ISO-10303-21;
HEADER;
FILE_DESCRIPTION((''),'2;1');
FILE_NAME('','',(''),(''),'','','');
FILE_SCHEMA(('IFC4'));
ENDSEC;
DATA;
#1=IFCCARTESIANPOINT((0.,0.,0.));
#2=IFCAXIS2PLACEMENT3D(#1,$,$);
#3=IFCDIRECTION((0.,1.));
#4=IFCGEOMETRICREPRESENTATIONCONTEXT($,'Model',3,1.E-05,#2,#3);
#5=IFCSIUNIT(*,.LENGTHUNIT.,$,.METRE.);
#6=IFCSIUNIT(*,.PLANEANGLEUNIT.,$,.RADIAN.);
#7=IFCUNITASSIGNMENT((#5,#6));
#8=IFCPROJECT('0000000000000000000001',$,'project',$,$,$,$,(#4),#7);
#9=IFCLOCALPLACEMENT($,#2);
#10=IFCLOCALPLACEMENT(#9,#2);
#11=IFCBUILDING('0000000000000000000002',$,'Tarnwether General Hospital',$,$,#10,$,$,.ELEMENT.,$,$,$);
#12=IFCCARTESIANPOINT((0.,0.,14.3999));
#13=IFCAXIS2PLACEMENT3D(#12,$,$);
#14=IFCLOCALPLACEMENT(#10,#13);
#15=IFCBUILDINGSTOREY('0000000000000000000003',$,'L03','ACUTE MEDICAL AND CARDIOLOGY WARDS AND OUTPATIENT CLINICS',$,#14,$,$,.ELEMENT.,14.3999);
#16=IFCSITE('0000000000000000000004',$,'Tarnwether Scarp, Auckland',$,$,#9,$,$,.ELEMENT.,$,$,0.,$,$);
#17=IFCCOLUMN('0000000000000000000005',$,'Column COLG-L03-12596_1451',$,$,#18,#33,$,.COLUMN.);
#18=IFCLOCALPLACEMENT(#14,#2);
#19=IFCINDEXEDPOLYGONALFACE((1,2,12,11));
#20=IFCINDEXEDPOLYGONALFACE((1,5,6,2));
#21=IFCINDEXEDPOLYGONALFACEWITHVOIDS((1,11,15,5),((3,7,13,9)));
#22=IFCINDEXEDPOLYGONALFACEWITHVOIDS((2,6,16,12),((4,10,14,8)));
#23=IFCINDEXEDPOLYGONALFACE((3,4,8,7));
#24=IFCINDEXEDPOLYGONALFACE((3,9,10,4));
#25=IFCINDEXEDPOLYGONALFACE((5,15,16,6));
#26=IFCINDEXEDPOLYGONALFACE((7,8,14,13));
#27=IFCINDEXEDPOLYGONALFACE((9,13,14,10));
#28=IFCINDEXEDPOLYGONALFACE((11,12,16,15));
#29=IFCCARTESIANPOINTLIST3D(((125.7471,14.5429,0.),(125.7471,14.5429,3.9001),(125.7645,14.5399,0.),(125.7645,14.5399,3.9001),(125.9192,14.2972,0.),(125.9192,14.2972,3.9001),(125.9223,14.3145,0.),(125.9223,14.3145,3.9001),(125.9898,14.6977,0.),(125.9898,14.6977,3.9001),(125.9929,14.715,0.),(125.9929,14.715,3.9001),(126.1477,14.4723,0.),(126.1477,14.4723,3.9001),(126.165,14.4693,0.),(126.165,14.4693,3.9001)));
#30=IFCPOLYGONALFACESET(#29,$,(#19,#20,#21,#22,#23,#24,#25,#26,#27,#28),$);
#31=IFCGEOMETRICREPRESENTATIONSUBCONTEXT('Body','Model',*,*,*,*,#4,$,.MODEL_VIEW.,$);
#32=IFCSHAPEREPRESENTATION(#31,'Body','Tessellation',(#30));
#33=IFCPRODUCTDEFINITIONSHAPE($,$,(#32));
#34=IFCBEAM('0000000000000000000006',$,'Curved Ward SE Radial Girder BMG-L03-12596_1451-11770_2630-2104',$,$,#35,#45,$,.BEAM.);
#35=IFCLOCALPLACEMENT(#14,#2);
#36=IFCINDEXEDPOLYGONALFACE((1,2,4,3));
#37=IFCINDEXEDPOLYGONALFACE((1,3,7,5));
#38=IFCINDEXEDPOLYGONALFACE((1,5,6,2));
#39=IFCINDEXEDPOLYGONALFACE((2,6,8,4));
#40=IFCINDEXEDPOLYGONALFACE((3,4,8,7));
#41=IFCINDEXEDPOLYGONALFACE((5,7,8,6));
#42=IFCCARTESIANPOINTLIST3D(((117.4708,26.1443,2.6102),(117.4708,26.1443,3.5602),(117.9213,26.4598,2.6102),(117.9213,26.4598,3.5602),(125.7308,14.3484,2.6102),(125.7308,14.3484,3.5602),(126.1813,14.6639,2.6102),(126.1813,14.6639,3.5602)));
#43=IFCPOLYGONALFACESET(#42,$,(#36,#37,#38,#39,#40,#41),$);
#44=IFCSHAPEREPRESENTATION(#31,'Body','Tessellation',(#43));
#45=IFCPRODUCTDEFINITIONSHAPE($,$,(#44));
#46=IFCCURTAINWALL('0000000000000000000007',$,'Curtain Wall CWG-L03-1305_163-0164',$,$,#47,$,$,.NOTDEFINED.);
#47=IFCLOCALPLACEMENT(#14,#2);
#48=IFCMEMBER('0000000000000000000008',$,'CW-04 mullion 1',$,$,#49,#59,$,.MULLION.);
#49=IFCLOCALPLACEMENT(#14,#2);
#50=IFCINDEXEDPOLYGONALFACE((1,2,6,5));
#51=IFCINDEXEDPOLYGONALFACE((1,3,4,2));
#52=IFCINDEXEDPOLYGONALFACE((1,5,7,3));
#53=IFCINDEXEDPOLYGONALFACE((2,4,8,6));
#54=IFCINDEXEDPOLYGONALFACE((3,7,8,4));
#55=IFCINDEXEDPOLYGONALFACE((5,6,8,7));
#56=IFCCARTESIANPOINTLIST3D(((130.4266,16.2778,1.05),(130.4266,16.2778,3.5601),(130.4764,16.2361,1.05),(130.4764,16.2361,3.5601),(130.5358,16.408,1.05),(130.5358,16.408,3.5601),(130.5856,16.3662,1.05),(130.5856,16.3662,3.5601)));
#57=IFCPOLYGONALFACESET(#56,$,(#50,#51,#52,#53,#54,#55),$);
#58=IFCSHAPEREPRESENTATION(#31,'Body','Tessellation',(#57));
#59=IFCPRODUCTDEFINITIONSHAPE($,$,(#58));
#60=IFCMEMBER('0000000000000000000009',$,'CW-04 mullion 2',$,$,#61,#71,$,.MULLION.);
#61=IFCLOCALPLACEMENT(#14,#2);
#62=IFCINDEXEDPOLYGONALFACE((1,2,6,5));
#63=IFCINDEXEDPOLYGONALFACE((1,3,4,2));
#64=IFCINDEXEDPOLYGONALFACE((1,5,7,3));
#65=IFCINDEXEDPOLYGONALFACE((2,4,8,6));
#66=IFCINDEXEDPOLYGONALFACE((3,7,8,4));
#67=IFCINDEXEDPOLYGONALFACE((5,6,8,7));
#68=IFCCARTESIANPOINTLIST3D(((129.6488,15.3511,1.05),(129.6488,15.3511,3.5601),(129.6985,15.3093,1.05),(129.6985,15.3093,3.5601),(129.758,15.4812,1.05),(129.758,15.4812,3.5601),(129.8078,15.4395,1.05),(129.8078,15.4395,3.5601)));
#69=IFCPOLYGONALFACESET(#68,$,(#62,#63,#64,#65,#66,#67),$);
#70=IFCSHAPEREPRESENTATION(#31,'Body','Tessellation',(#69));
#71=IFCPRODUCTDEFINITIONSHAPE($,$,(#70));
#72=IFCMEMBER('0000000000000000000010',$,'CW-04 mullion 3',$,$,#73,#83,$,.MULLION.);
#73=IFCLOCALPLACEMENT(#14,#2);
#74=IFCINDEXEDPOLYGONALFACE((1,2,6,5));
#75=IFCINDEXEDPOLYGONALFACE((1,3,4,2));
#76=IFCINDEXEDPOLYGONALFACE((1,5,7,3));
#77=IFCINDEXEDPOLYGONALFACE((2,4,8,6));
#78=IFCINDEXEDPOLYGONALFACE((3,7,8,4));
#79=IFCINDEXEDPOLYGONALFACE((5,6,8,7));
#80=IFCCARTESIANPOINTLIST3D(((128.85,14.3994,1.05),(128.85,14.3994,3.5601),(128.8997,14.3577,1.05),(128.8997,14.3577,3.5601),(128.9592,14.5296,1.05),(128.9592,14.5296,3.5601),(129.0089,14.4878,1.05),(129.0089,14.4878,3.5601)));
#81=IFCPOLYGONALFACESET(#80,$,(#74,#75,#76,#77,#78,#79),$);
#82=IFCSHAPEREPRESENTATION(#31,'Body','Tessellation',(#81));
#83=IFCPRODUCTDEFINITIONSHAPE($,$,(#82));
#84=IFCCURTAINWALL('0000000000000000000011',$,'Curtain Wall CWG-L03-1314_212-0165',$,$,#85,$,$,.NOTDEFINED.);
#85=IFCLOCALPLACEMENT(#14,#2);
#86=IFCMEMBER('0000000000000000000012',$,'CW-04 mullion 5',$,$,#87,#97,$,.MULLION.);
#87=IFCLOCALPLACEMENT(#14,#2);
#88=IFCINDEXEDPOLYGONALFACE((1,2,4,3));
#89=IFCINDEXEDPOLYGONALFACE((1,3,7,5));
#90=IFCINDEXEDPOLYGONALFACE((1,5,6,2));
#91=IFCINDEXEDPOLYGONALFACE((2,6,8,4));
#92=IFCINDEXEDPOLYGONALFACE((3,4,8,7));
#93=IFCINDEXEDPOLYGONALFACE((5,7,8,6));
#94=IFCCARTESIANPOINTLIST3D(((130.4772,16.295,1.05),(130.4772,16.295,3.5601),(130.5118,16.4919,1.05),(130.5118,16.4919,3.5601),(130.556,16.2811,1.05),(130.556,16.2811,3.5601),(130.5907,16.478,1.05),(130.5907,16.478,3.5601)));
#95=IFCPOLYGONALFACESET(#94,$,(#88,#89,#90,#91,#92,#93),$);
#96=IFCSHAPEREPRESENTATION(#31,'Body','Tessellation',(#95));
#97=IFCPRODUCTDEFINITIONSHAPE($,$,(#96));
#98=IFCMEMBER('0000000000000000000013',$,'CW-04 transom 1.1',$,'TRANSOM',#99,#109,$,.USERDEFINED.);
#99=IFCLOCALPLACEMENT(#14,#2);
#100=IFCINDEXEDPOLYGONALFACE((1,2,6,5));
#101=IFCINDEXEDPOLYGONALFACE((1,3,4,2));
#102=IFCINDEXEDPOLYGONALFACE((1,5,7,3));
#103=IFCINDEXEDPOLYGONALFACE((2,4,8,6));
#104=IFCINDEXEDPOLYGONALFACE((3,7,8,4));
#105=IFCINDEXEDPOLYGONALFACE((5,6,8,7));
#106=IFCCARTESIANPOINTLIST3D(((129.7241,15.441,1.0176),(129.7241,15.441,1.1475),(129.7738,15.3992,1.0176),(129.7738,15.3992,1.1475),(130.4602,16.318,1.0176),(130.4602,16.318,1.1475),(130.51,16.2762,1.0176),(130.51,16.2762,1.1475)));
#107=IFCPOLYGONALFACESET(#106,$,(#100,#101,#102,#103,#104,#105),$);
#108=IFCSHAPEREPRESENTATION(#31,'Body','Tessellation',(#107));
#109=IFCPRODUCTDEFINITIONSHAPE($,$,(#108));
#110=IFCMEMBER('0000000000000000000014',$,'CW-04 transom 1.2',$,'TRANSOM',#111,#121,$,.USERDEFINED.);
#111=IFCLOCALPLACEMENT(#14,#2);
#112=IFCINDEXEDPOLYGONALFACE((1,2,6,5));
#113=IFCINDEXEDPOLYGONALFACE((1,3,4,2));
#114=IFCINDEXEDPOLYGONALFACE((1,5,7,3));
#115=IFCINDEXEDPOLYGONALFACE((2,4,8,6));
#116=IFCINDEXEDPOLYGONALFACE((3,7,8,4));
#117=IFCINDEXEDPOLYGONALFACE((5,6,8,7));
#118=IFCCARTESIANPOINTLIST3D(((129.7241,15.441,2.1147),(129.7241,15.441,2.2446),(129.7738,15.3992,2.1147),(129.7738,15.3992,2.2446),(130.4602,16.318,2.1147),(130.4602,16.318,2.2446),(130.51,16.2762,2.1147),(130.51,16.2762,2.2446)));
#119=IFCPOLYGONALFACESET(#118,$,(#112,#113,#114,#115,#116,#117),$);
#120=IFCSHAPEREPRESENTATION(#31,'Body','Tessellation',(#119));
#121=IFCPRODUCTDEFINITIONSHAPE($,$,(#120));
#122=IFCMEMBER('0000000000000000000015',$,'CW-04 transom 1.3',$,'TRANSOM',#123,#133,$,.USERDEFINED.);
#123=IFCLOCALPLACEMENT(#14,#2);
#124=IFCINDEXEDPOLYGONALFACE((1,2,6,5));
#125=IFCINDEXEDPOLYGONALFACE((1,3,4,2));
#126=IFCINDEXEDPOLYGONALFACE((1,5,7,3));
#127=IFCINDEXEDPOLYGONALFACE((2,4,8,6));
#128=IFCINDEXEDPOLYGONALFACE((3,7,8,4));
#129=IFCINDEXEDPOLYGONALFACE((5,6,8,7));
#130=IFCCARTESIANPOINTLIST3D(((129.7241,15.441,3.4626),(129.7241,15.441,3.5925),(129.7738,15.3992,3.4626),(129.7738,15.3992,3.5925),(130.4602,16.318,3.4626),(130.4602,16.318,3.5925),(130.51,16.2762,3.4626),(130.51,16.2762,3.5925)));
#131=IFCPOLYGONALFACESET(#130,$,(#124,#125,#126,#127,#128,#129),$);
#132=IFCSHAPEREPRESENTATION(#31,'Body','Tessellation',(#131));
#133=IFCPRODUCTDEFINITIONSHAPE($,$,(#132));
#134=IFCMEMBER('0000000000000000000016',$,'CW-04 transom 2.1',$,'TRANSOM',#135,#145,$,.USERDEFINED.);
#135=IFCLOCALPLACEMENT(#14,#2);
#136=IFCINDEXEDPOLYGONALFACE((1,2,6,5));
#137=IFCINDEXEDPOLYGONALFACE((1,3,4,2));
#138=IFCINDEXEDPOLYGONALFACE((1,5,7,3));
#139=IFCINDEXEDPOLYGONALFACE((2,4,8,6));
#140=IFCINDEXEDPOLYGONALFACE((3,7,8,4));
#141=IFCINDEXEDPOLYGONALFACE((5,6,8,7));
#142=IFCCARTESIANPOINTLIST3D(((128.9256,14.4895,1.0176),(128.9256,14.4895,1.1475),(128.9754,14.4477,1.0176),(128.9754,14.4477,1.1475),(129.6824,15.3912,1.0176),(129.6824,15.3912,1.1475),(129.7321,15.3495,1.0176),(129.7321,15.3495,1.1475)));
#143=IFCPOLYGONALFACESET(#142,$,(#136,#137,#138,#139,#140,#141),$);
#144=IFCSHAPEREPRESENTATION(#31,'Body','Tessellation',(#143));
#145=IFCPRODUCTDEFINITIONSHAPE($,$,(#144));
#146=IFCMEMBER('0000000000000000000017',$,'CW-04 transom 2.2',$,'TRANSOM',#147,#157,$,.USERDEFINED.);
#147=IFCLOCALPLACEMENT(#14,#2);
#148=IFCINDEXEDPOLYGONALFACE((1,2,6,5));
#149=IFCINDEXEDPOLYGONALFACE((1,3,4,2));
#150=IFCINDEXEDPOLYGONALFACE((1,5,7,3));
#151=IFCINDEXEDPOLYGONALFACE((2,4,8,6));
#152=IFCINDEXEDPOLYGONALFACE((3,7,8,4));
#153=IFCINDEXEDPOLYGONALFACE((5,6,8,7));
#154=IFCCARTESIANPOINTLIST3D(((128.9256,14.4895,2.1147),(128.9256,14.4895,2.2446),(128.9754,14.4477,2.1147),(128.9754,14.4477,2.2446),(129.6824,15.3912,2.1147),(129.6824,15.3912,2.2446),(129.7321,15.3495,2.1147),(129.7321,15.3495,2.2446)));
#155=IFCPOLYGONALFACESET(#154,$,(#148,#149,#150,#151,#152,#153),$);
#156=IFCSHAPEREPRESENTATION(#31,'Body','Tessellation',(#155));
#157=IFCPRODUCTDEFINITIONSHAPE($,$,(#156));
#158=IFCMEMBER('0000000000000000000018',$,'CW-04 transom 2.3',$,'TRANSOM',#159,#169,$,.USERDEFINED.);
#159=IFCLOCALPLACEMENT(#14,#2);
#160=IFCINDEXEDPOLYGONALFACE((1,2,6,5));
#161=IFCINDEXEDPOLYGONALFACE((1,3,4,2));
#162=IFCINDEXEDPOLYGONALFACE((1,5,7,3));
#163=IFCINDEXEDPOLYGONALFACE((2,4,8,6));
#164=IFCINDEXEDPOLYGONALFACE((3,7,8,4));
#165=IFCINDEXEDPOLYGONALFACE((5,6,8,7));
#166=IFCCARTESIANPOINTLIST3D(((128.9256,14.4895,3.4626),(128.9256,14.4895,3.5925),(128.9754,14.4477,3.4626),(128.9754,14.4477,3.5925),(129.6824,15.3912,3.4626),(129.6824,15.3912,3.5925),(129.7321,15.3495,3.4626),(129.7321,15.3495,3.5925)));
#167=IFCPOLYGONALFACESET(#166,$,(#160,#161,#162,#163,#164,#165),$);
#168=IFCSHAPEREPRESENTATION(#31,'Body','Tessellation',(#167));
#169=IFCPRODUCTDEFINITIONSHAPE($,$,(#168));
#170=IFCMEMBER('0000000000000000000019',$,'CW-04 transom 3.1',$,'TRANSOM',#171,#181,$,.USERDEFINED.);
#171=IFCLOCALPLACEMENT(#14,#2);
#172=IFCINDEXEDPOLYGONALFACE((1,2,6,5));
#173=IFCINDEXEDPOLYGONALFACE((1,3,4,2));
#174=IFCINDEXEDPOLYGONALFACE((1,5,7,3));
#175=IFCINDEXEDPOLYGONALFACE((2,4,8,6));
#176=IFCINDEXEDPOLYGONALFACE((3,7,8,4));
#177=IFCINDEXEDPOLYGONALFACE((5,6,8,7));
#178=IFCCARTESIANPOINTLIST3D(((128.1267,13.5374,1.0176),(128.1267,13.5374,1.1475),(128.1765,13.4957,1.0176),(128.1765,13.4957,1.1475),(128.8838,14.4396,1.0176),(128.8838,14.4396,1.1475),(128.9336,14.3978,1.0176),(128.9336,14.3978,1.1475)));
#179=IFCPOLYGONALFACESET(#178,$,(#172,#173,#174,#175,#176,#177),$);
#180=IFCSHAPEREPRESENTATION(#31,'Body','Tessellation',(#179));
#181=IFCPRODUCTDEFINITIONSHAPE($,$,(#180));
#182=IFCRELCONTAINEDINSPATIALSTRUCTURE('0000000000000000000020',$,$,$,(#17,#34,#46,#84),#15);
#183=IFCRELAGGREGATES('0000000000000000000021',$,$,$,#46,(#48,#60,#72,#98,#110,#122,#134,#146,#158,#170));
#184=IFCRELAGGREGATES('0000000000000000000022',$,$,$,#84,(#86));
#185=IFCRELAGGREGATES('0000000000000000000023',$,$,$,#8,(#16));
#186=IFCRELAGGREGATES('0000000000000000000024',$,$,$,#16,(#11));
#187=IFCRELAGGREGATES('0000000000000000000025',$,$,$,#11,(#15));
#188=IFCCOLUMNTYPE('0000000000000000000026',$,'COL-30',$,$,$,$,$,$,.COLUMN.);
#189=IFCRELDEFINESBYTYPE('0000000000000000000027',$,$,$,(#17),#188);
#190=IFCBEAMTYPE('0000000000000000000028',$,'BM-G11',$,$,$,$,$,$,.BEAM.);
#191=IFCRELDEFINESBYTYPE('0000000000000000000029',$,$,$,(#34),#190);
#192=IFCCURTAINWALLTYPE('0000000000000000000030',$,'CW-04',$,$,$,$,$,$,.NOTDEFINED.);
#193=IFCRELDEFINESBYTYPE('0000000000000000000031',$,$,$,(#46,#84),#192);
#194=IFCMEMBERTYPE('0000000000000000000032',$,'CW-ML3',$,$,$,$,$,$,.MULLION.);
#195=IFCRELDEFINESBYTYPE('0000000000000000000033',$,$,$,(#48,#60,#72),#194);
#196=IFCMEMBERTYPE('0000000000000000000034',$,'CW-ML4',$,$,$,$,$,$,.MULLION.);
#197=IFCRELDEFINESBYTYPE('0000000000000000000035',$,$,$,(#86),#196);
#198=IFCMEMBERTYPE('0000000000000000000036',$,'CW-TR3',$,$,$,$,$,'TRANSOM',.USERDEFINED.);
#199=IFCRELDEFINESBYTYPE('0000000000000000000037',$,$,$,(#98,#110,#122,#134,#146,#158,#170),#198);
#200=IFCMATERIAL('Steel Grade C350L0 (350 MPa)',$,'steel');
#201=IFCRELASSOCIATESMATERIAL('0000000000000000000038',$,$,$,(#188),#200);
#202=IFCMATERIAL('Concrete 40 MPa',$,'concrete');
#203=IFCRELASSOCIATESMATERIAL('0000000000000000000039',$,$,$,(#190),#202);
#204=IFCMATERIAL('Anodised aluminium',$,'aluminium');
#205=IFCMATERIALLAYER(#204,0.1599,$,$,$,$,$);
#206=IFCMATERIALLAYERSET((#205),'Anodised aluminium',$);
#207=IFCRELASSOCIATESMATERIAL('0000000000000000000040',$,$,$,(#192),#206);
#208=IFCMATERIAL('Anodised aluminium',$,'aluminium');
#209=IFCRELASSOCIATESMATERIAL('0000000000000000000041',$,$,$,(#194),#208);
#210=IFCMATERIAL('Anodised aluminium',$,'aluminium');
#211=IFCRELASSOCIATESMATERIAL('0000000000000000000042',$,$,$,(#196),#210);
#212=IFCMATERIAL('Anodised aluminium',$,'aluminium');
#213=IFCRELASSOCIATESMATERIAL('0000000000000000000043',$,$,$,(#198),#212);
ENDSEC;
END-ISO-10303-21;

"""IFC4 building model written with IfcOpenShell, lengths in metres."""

from ifc_helpers import new_model, si_unit, direction, frame, origin, origin_2d, place, context, subcontext, project, spatial, rectangle, hollow_rectangle, extrude, material, layer, layer_set, material_profile, profile_set, type_object, element, aggregate, save


model = new_model("IFC4")

# Units and contexts
model_context = context("Model", 3, precision=1e-05, world=origin(), true_north=direction((0.0, 1.0)))
body_context = subcontext(model_context, "Body", "Model", "MODEL_VIEW")
ifc_project = project(units=[si_unit("LENGTHUNIT", "METRE"), si_unit("PLANEANGLEUNIT", "RADIAN")], contexts=[model_context])

# Site, building, storey
site_placement = place(None, origin())
site = spatial("IfcSite", under=ifc_project, at=site_placement, Name="Tarnwether Scarp, Auckland", CompositionType="ELEMENT", RefElevation=0.0)
building_placement = place(site_placement, origin())
building = spatial("IfcBuilding", under=site, at=building_placement, Name="Tarnwether General Hospital", CompositionType="ELEMENT")
storey_placement = place(building_placement, frame((0.0, 0.0, 14.3999)))
storey = spatial("IfcBuildingStorey", under=building, at=storey_placement, Name="L03", Description="ACUTE MEDICAL AND CARDIOLOGY WARDS AND OUTPATIENT CLINICS", CompositionType="ELEMENT", Elevation=14.3999)

# Column
ifc_material_1 = material(Name="Steel Grade C350L0 (350 MPa)", Category="steel")
ifc_material_profile_1 = material_profile(ifc_material_1, hollow_rectangle(XDim=0.3, YDim=0.3, WallThickness=0.0125, at=origin_2d()), Name="SHS300x300x12.5")
ifc_profile_set_1 = profile_set([ifc_material_profile_1], Name="Steel Grade C350L0 (350 MPa)")
column_type = type_object("IfcColumnType", Name="COL-30", PredefinedType="COLUMN", material=ifc_profile_set_1)
column_placement = place(storey_placement, frame((125.9561, 14.5061, 0.0), z_axis=(0.0, 0.0, 1.0), x_axis=(-0.573576, 0.819152, 0.0)))
element("IfcColumn", 1, at=column_placement, inside=storey, type_object=column_type, Name="Column COLG-L03-12596_1451", PredefinedType="COLUMN", context=body_context, shape_type="SweptSolid", body=[
    extrude(hollow_rectangle(XDim=0.3, YDim=0.3, WallThickness=0.0125, at=origin_2d()), origin(), (0.0, 0.0, 1.0), 3.9001),
])

# Beam
ifc_material_2 = material(Name="Concrete 40 MPa", Category="concrete")
ifc_material_profile_2 = material_profile(ifc_material_2, rectangle(XDim=0.55, YDim=0.95, at=origin_2d()), Name="RC-BM-550x950")
ifc_profile_set_2 = profile_set([ifc_material_profile_2], Name="Concrete 40 MPa")
beam_type = type_object("IfcBeamType", Name="BM-G11", PredefinedType="BEAM", material=ifc_profile_set_2)
beam_placement = place(storey_placement, frame((125.9561, 14.5061, 3.0852), z_axis=(-0.573597, 0.819138, 0.0), x_axis=(-0.819138, -0.573597, 0.0)))
element("IfcBeam", 2, at=beam_placement, inside=storey, type_object=beam_type, Name="Curved Ward SE Radial Girder BMG-L03-12596_1451-11770_2630-2104", PredefinedType="BEAM", context=body_context, shape_type="SweptSolid", body=[
    extrude(rectangle(XDim=0.55, YDim=0.95, at=origin_2d()), origin(), (0.0, 0.0, 1.0), 14.4004),
])

# Curtain wall, members
ifc_material_3 = material(Name="Anodised aluminium", Category="aluminium")
ifc_layer_1 = layer(ifc_material_3, 0.1599)
ifc_layer_set_1 = layer_set([ifc_layer_1], Name="Anodised aluminium")
curtain_wall_type = type_object("IfcCurtainWallType", Name="CW-04", PredefinedType="NOTDEFINED", material=ifc_layer_set_1)
curtain_wall_1_placement = place(storey_placement, origin())
curtain_wall_1 = element("IfcCurtainWall", 3, at=curtain_wall_1_placement, inside=storey, type_object=curtain_wall_type, Name="Curtain Wall CWG-L03-1305_163-0164", PredefinedType="NOTDEFINED")
ifc_material_4 = material(Name="Anodised aluminium", Category="aluminium")
ifc_material_profile_3 = material_profile(ifc_material_4, rectangle(XDim=0.0649, YDim=0.1699, at=origin_2d()), Name="ALU-MUL-65x170")
ifc_profile_set_3 = profile_set([ifc_material_profile_3], Name="Anodised aluminium")
member_type_1 = type_object("IfcMemberType", Name="CW-ML3", PredefinedType="MULLION", material=ifc_profile_set_3)
member_1_placement = place(storey_placement, frame((130.5061, 16.322, 1.05), z_axis=(0.0, 0.0, 1.0), x_axis=(0.76599, -0.642852, 0.0)))
member_1 = element("IfcMember", 4, at=member_1_placement, type_object=member_type_1, Name="CW-04 mullion 1", PredefinedType="MULLION", context=body_context, shape_type="SweptSolid", body=[
    extrude(rectangle(XDim=0.0649, YDim=0.1699, at=origin_2d()), origin(), (0.0, 0.0, 1.0), 2.51),
])
member_2_placement = place(storey_placement, frame((129.7283, 15.3953, 1.05), z_axis=(0.0, 0.0, 1.0), x_axis=(0.76599, -0.642852, 0.0)))
member_2 = element("IfcMember", 5, at=member_2_placement, type_object=member_type_1, Name="CW-04 mullion 2", PredefinedType="MULLION", context=body_context, shape_type="SweptSolid", body=[
    extrude(rectangle(XDim=0.0649, YDim=0.1699, at=origin_2d()), origin(), (0.0, 0.0, 1.0), 2.51),
])
member_3_placement = place(storey_placement, frame((128.9294, 14.4436, 1.05), z_axis=(0.0, 0.0, 1.0), x_axis=(0.76599, -0.642852, 0.0)))
member_3 = element("IfcMember", 6, at=member_3_placement, type_object=member_type_1, Name="CW-04 mullion 3", PredefinedType="MULLION", context=body_context, shape_type="SweptSolid", body=[
    extrude(rectangle(XDim=0.0649, YDim=0.1699, at=origin_2d()), origin(), (0.0, 0.0, 1.0), 2.51),
])

# Curtain wall, member
curtain_wall_2_placement = place(storey_placement, origin())
curtain_wall_2 = element("IfcCurtainWall", 7, at=curtain_wall_2_placement, inside=storey, type_object=curtain_wall_type, Name="Curtain Wall CWG-L03-1314_212-0165", PredefinedType="NOTDEFINED")
ifc_material_5 = material(Name="Anodised aluminium", Category="aluminium")
ifc_material_profile_4 = material_profile(ifc_material_5, rectangle(XDim=0.0801, YDim=0.2, at=origin_2d()), Name="ALU-MUL-80x200")
ifc_profile_set_4 = profile_set([ifc_material_profile_4], Name="Anodised aluminium")
member_type_2 = type_object("IfcMemberType", Name="CW-ML4", PredefinedType="MULLION", material=ifc_profile_set_4)
member_4_placement = place(storey_placement, frame((130.5339, 16.3865, 1.05), z_axis=(0.0, 0.0, 1.0), x_axis=(0.98484, -0.173464, 0.0)))
member_4 = element("IfcMember", 8, at=member_4_placement, type_object=member_type_2, Name="CW-04 mullion 5", PredefinedType="MULLION", context=body_context, shape_type="SweptSolid", body=[
    extrude(rectangle(XDim=0.0801, YDim=0.2, at=origin_2d()), origin(), (0.0, 0.0, 1.0), 2.51),
])

# Members
ifc_material_6 = material(Name="Anodised aluminium", Category="aluminium")
ifc_material_profile_5 = material_profile(ifc_material_6, rectangle(XDim=0.0649, YDim=0.1299, at=origin_2d()), Name="ALU-TRN-65x130")
ifc_profile_set_5 = profile_set([ifc_material_profile_5], Name="Anodised aluminium")
member_type_3 = type_object("IfcMemberType", Name="CW-TR3", ElementType="TRANSOM", PredefinedType="USERDEFINED", material=ifc_profile_set_5)
member_5_placement = place(storey_placement, frame((130.4851, 16.2971, 1.0825), z_axis=(-0.642907, -0.765944, 0.0), x_axis=(0.765944, -0.642907, 0.0)))
member_5 = element("IfcMember", 9, at=member_5_placement, type_object=member_type_3, Name="CW-04 transom 1.1", ObjectType="TRANSOM", PredefinedType="USERDEFINED", context=body_context, shape_type="SweptSolid", body=[
    extrude(rectangle(XDim=0.0649, YDim=0.1299, at=origin_2d()), origin(), (0.0, 0.0, 1.0), 1.145),
])
member_6_placement = place(storey_placement, frame((130.4851, 16.2971, 2.1797), z_axis=(-0.642907, -0.765944, 0.0), x_axis=(0.765944, -0.642907, 0.0)))
member_6 = element("IfcMember", 10, at=member_6_placement, type_object=member_type_3, Name="CW-04 transom 1.2", ObjectType="TRANSOM", PredefinedType="USERDEFINED", context=body_context, shape_type="SweptSolid", body=[
    extrude(rectangle(XDim=0.0649, YDim=0.1299, at=origin_2d()), origin(), (0.0, 0.0, 1.0), 1.145),
])
member_7_placement = place(storey_placement, frame((130.4851, 16.2971, 3.5276), z_axis=(-0.642907, -0.765944, 0.0), x_axis=(0.765944, -0.642907, 0.0)))
member_7 = element("IfcMember", 11, at=member_7_placement, type_object=member_type_3, Name="CW-04 transom 1.3", ObjectType="TRANSOM", PredefinedType="USERDEFINED", context=body_context, shape_type="SweptSolid", body=[
    extrude(rectangle(XDim=0.0649, YDim=0.1299, at=origin_2d()), origin(), (0.0, 0.0, 1.0), 1.145),
])
member_8_placement = place(storey_placement, frame((129.7073, 15.3704, 1.0825), z_axis=(-0.642832, -0.766007, 0.0), x_axis=(0.766007, -0.642832, 0.0)))
member_8 = element("IfcMember", 12, at=member_8_placement, type_object=member_type_3, Name="CW-04 transom 2.1", ObjectType="TRANSOM", PredefinedType="USERDEFINED", context=body_context, shape_type="SweptSolid", body=[
    extrude(rectangle(XDim=0.0649, YDim=0.1299, at=origin_2d()), origin(), (0.0, 0.0, 1.0), 1.1772),
])
member_9_placement = place(storey_placement, frame((129.7073, 15.3704, 2.1797), z_axis=(-0.642832, -0.766007, 0.0), x_axis=(0.766007, -0.642832, 0.0)))
member_9 = element("IfcMember", 13, at=member_9_placement, type_object=member_type_3, Name="CW-04 transom 2.2", ObjectType="TRANSOM", PredefinedType="USERDEFINED", context=body_context, shape_type="SweptSolid", body=[
    extrude(rectangle(XDim=0.0649, YDim=0.1299, at=origin_2d()), origin(), (0.0, 0.0, 1.0), 1.1772),
])
member_10_placement = place(storey_placement, frame((129.7073, 15.3704, 3.5276), z_axis=(-0.642832, -0.766007, 0.0), x_axis=(0.766007, -0.642832, 0.0)))
member_10 = element("IfcMember", 14, at=member_10_placement, type_object=member_type_3, Name="CW-04 transom 2.3", ObjectType="TRANSOM", PredefinedType="USERDEFINED", context=body_context, shape_type="SweptSolid", body=[
    extrude(rectangle(XDim=0.0649, YDim=0.1299, at=origin_2d()), origin(), (0.0, 0.0, 1.0), 1.1772),
])
member_11_placement = place(storey_placement, frame((128.9087, 14.4187, 1.0825), z_axis=(-0.642852, -0.765991, 0.0), x_axis=(0.765991, -0.642852, 0.0)))
member_11 = element("IfcMember", 15, at=member_11_placement, type_object=member_type_3, Name="CW-04 transom 3.1", ObjectType="TRANSOM", PredefinedType="USERDEFINED", context=body_context, shape_type="SweptSolid", body=[
    extrude(rectangle(XDim=0.0649, YDim=0.1299, at=origin_2d()), origin(), (0.0, 0.0, 1.0), 1.1777),
])

aggregate(curtain_wall_1, [member_1, member_2, member_3, member_5, member_6, member_7, member_8, member_9, member_10, member_11])
aggregate(curtain_wall_2, [member_4])

save(model, "model.ifc")
